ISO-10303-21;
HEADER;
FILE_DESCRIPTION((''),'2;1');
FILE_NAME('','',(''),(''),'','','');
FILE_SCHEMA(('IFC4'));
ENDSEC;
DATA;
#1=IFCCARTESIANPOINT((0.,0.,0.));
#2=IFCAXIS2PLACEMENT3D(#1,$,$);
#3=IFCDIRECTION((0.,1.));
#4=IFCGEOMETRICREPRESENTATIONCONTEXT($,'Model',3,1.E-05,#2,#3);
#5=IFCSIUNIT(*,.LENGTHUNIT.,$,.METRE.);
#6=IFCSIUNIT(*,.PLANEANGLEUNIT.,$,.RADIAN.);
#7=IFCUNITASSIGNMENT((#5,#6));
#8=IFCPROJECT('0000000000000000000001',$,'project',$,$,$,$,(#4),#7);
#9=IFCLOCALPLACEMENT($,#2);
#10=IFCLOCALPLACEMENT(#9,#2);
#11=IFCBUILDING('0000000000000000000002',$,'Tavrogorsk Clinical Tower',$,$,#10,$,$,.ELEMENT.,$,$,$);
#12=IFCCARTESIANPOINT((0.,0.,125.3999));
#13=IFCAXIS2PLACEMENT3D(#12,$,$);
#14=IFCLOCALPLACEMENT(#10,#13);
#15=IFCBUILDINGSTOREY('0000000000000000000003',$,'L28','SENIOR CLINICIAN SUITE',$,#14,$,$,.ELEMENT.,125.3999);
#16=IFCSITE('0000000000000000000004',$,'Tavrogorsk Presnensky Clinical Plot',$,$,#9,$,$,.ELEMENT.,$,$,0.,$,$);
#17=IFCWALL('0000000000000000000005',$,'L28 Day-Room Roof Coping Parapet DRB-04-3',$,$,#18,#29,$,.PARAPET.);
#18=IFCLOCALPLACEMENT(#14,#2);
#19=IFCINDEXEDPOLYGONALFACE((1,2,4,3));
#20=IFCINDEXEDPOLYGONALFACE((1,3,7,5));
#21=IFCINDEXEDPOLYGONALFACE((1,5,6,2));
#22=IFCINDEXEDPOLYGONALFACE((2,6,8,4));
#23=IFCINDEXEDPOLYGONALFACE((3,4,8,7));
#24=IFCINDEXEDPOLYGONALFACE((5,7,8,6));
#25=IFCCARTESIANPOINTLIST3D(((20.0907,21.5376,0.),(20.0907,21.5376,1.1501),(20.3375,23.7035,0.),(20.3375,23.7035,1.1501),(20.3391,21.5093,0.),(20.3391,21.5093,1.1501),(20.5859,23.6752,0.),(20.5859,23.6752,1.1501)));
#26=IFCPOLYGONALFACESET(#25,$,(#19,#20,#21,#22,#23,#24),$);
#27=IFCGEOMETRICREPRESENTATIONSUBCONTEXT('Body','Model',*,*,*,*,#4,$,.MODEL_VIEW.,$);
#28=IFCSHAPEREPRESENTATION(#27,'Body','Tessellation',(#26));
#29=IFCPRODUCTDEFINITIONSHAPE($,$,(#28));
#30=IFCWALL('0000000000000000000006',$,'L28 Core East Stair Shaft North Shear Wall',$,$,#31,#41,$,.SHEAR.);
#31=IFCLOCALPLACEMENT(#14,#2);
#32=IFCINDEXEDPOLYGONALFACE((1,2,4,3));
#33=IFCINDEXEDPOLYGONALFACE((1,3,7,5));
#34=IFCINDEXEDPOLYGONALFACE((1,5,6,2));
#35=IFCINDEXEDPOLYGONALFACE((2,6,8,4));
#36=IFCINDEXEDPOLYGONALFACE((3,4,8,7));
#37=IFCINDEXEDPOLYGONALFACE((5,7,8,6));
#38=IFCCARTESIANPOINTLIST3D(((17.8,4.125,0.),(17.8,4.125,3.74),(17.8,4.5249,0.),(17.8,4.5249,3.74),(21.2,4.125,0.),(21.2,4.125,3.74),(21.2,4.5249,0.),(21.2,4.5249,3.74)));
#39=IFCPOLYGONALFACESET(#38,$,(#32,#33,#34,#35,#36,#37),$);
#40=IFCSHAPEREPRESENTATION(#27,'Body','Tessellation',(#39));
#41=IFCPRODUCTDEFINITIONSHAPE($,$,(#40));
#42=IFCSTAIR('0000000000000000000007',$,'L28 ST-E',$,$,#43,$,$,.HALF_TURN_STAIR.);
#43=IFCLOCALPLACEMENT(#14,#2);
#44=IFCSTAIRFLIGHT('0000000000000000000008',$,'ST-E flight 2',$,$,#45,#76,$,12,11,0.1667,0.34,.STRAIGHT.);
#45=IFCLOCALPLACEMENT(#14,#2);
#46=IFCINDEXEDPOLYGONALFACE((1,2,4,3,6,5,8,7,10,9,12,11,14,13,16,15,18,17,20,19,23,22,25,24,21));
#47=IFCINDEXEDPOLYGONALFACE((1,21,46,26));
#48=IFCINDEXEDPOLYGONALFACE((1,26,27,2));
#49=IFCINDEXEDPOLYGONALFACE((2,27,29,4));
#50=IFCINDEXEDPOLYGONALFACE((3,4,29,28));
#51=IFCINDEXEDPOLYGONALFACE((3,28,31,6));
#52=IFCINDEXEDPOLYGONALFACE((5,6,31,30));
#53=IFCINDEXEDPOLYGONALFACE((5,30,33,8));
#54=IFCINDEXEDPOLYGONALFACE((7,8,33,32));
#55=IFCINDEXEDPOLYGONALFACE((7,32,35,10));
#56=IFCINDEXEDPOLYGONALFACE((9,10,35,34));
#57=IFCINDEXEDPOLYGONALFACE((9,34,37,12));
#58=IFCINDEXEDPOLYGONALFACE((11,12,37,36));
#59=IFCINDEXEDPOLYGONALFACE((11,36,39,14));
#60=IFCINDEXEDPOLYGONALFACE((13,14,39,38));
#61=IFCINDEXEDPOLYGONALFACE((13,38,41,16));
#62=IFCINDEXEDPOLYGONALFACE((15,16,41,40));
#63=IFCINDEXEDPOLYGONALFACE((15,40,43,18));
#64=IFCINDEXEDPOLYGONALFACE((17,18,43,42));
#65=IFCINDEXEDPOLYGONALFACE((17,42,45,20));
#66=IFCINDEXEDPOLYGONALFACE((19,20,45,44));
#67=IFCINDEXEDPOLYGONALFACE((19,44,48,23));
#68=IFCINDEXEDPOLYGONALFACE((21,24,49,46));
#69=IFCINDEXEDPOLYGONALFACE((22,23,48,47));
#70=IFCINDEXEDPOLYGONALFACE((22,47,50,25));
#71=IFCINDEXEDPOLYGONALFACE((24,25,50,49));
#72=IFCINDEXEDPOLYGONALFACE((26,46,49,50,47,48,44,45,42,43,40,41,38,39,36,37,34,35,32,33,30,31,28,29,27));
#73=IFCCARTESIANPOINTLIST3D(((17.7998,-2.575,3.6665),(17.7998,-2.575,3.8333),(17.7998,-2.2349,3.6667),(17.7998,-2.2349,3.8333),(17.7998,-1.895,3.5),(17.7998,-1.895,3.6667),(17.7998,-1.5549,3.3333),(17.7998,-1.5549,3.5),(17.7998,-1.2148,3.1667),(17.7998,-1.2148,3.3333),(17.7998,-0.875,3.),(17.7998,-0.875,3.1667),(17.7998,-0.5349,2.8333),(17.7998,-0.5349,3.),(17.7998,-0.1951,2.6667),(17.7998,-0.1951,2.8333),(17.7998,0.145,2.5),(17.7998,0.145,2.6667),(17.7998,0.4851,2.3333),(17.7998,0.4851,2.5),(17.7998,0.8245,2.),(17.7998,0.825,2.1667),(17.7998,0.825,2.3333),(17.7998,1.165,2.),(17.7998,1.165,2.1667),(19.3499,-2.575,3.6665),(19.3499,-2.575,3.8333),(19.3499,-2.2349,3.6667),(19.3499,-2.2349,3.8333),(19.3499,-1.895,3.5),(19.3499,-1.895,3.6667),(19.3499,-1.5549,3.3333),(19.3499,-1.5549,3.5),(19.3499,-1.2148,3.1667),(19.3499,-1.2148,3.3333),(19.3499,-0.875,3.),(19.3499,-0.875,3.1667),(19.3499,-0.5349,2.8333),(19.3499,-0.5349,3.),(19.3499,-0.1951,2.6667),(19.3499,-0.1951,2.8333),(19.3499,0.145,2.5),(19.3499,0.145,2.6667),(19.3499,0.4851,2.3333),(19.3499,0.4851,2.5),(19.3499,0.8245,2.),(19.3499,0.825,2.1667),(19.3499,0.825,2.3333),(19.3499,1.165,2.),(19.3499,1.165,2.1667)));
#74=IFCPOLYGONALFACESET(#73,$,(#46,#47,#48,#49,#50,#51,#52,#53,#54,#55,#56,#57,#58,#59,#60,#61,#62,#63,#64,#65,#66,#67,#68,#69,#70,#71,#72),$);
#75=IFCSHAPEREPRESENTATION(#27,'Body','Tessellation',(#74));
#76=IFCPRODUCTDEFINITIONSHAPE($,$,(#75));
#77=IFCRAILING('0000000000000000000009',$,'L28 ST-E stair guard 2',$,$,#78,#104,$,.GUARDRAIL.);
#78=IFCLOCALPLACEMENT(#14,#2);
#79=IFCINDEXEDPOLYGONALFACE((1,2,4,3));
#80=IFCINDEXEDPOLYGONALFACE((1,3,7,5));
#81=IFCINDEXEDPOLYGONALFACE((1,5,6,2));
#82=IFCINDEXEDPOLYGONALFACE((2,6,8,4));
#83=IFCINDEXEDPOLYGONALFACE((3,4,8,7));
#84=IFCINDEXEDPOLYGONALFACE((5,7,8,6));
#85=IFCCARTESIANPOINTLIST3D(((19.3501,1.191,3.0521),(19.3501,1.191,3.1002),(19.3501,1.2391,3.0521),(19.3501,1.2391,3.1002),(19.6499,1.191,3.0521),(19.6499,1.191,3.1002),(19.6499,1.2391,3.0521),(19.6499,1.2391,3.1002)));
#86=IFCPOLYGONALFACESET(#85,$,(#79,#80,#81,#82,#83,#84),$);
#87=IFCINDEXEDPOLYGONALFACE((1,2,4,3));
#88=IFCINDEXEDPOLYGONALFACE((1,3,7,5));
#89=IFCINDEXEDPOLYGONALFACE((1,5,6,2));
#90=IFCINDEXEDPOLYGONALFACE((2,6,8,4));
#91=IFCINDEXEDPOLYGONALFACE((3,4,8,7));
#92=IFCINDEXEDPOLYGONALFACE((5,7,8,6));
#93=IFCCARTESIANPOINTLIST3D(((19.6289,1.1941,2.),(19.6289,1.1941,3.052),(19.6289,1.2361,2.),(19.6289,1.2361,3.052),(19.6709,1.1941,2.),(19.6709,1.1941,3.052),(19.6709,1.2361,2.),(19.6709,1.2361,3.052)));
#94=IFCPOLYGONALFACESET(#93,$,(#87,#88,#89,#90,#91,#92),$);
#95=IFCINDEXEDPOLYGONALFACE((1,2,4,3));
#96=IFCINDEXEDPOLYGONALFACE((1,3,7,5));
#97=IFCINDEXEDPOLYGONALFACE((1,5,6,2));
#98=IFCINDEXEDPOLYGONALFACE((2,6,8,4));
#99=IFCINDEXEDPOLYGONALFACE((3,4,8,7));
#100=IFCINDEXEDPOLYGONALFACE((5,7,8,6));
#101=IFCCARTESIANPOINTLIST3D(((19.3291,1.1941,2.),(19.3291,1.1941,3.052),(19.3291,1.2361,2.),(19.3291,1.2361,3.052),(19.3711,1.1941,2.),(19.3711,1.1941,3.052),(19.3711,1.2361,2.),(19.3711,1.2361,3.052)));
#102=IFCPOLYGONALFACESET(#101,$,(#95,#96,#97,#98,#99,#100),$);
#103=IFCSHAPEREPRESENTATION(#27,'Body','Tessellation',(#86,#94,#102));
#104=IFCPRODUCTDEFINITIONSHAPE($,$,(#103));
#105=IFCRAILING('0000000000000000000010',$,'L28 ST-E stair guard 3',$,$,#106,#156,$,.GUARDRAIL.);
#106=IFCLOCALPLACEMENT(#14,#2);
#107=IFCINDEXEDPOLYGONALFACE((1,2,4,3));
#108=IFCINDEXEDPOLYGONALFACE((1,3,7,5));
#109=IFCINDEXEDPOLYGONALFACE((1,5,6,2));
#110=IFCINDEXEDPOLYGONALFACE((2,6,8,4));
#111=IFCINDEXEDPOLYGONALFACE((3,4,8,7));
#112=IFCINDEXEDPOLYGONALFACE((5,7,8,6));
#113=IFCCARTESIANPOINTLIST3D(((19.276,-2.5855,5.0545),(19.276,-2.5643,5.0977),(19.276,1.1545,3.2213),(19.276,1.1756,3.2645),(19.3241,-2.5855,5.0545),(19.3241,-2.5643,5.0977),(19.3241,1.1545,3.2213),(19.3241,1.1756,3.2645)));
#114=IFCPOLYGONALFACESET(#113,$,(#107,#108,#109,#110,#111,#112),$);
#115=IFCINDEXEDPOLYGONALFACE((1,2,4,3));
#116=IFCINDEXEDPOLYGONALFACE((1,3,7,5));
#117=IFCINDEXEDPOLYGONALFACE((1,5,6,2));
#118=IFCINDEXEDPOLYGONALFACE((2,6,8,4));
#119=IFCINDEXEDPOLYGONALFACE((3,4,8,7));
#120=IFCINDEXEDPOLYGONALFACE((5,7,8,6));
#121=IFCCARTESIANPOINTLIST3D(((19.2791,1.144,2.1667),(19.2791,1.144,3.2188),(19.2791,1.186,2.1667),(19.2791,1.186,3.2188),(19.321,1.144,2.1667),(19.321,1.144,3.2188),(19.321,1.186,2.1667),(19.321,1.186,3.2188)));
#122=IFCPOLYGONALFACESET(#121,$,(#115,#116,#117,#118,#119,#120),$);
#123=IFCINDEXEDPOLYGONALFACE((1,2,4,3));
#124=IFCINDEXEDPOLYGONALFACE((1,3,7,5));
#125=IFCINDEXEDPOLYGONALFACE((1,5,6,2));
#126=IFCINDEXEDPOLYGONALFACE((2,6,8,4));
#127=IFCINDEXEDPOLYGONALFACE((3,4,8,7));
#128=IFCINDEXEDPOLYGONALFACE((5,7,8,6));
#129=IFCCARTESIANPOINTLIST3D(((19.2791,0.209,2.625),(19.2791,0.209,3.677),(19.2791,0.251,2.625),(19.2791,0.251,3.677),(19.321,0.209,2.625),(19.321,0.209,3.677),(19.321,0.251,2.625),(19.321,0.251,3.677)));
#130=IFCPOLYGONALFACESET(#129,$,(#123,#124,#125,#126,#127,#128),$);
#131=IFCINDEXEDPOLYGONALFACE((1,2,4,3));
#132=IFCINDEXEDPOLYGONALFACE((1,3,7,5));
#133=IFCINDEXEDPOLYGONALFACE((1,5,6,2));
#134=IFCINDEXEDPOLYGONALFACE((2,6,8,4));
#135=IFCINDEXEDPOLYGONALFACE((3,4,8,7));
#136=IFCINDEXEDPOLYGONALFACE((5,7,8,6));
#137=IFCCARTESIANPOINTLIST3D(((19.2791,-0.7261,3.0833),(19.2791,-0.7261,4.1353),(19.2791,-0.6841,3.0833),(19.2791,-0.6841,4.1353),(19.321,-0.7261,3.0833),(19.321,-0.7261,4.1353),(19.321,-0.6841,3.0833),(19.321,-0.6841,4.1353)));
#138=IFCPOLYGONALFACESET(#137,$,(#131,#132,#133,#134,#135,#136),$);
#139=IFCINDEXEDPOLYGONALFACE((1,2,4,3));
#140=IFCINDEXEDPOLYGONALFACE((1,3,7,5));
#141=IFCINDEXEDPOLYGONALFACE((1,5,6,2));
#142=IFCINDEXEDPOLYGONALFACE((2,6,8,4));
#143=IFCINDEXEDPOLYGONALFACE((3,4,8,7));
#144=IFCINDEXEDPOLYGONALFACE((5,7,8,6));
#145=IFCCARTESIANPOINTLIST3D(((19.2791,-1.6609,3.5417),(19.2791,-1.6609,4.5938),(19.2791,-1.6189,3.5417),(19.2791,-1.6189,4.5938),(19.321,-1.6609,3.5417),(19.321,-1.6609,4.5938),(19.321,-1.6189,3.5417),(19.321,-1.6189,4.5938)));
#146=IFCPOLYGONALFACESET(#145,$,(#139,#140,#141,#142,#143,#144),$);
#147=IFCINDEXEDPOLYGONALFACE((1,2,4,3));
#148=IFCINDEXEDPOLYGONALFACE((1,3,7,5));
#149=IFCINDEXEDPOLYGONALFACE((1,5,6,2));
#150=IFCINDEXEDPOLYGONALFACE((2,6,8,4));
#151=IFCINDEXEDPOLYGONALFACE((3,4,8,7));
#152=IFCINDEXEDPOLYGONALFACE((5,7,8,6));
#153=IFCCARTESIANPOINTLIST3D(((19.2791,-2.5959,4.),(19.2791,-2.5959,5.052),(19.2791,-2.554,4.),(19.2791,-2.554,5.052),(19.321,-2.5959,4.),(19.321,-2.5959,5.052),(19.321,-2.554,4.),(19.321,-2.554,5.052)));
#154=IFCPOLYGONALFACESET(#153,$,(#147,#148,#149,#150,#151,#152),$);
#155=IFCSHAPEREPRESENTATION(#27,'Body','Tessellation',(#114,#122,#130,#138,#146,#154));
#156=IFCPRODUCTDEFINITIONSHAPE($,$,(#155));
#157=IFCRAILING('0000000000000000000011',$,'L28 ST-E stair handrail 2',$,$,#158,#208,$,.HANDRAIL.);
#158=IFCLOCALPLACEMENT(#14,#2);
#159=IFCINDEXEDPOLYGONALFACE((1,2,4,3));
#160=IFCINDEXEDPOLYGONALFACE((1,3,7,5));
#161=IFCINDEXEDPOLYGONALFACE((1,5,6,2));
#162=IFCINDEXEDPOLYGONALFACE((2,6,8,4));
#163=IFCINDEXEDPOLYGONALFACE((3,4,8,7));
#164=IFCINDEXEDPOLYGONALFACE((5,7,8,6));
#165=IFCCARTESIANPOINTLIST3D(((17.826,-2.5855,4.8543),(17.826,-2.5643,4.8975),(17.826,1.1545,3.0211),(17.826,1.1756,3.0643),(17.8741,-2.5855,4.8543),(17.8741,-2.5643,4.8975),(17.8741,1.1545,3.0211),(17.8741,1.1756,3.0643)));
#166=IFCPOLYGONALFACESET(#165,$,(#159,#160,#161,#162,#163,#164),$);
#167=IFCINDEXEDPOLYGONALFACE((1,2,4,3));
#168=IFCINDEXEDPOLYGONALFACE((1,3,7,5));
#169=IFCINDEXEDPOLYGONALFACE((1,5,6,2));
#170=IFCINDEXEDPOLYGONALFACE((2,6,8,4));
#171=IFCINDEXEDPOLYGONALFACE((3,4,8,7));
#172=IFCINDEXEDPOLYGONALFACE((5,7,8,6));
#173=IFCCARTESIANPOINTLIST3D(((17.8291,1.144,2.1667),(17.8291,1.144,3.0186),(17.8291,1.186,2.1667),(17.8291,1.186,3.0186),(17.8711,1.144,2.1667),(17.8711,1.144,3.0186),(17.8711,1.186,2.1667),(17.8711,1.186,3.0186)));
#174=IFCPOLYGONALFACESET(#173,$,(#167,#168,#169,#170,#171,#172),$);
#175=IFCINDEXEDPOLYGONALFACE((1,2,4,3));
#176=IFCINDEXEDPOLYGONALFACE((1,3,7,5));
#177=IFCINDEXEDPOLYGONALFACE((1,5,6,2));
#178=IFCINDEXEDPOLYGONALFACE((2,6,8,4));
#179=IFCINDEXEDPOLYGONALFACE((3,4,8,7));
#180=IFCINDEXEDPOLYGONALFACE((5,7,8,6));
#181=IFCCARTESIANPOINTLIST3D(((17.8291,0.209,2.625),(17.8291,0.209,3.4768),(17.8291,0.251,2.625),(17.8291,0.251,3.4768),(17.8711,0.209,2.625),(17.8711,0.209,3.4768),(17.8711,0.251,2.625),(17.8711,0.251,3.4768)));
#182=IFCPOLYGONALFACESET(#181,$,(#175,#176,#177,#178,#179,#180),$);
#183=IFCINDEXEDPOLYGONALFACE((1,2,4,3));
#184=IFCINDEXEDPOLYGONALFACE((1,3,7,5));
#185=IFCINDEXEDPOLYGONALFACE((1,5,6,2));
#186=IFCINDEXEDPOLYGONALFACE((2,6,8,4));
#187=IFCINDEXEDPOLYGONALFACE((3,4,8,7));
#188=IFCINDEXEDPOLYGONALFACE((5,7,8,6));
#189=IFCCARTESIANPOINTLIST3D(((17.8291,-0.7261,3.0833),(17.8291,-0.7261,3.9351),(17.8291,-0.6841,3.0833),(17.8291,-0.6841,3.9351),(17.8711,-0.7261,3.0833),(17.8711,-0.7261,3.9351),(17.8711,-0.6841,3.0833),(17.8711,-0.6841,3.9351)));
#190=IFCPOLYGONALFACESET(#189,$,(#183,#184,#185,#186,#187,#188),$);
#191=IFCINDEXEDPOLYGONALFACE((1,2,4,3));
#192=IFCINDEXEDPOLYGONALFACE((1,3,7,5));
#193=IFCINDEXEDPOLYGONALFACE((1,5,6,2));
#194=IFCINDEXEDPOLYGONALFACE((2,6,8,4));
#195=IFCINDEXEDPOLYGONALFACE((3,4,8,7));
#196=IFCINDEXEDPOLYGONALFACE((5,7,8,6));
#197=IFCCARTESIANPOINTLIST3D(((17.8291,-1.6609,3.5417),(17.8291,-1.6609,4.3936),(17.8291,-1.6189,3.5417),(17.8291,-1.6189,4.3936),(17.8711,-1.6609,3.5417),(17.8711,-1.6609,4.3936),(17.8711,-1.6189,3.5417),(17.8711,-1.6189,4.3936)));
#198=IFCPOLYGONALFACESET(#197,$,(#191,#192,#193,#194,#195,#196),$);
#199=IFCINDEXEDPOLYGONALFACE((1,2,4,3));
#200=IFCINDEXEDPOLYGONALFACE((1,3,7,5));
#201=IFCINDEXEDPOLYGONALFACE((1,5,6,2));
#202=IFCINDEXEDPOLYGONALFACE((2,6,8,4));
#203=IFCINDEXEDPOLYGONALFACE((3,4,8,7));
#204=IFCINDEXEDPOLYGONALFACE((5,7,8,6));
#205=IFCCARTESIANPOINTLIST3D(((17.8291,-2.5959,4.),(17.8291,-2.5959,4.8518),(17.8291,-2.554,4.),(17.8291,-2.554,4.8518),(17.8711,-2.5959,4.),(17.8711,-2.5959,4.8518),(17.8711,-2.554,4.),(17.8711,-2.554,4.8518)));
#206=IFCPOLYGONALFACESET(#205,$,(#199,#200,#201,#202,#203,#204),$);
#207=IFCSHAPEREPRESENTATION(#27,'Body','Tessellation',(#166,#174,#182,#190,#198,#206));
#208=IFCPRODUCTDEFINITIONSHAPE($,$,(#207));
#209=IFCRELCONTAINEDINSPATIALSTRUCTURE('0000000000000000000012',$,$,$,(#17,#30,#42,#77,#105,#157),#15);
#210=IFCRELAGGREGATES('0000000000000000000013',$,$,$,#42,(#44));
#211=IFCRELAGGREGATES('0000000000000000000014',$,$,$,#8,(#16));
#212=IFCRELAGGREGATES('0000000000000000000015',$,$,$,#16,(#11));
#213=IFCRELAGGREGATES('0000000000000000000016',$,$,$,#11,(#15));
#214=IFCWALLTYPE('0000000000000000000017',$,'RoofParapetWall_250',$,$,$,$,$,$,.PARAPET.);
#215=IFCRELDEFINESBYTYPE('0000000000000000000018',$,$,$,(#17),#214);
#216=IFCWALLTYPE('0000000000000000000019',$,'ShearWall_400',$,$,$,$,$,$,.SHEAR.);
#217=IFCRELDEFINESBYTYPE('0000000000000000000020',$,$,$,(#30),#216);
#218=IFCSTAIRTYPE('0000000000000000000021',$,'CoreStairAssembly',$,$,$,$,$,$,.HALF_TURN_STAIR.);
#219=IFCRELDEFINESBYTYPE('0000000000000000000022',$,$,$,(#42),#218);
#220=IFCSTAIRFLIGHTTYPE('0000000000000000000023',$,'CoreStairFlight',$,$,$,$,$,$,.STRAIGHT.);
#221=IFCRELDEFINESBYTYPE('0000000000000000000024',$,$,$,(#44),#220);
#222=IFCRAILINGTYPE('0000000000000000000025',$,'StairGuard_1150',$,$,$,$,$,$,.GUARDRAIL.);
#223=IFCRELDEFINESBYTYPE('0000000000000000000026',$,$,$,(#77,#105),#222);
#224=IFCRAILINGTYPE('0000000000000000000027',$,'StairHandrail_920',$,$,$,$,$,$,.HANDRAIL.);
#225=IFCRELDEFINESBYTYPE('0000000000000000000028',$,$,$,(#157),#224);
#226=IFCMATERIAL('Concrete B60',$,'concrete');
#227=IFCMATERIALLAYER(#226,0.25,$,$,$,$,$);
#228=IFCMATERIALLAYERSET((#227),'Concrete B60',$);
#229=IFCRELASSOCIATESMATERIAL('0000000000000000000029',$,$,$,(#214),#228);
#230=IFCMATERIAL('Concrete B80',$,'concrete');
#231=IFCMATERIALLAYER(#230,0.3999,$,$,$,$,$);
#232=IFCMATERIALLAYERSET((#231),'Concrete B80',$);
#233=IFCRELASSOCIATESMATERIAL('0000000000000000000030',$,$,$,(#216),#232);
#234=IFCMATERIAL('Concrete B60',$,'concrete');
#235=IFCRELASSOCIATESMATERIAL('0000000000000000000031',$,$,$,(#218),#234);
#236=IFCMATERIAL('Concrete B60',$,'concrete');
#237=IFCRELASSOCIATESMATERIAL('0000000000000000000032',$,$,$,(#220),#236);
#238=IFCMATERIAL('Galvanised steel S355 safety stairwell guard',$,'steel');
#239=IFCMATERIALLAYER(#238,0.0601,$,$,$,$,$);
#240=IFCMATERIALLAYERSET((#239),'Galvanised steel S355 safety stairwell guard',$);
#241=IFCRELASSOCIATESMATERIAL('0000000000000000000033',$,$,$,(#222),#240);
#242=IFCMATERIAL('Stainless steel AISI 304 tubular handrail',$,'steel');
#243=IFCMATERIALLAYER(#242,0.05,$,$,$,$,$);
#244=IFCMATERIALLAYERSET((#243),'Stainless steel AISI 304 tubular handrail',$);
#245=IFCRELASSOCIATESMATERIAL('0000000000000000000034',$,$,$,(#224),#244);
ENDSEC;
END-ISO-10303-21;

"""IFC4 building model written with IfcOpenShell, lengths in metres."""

from ifc_helpers import new_model, si_unit, direction, frame, frame_2d, origin, origin_2d, place, context, subcontext, project, spatial, polyline, rectangle, outline, extrude, material, layer, layer_set, type_object, element, aggregate, save


model = new_model("IFC4")

# Units and contexts
model_context = context("Model", 3, precision=1e-05, world=origin(), true_north=direction((0.0, 1.0)))
body_context = subcontext(model_context, "Body", "Model", "MODEL_VIEW")
ifc_project = project(units=[si_unit("LENGTHUNIT", "METRE"), si_unit("PLANEANGLEUNIT", "RADIAN")], contexts=[model_context])

# Site, building, storey
site_placement = place(None, origin())
site = spatial("IfcSite", under=ifc_project, at=site_placement, Name="Tavrogorsk Presnensky Clinical Plot", CompositionType="ELEMENT", RefElevation=0.0)
building_placement = place(site_placement, origin())
building = spatial("IfcBuilding", under=site, at=building_placement, Name="Tavrogorsk Clinical Tower", CompositionType="ELEMENT")
storey_placement = place(building_placement, frame((0.0, 0.0, 125.3999)))
storey = spatial("IfcBuildingStorey", under=building, at=storey_placement, Name="L28", Description="SENIOR CLINICIAN SUITE", CompositionType="ELEMENT", Elevation=125.3999)

# Walls
ifc_material_1 = material(Name="Concrete B60", Category="concrete")
ifc_layer_1 = layer(ifc_material_1, 0.25)
ifc_layer_set_1 = layer_set([ifc_layer_1], Name="Concrete B60")
wall_type_1 = type_object("IfcWallType", Name="RoofParapetWall_250", PredefinedType="PARAPET", material=ifc_layer_set_1)
wall_1_placement = place(storey_placement, frame((20.4617, 23.6892, 0.0), z_axis=(0.0, 0.0, 1.0), x_axis=(-0.113221, -0.99357, 0.0)))
element("IfcWall", 1, at=wall_1_placement, inside=storey, type_object=wall_type_1, Name="L28 Day-Room Roof Coping Parapet DRB-04-3", PredefinedType="PARAPET", context=body_context, shape_type="SweptSolid", body=[
    extrude(rectangle(XDim=2.1799, YDim=0.25, at=frame_2d((1.0898, 0.0))), origin(), (0.0, 0.0, 1.0), 1.1501),
])
ifc_material_2 = material(Name="Concrete B80", Category="concrete")
ifc_layer_2 = layer(ifc_material_2, 0.3999)
ifc_layer_set_2 = layer_set([ifc_layer_2], Name="Concrete B80")
wall_type_2 = type_object("IfcWallType", Name="ShearWall_400", PredefinedType="SHEAR", material=ifc_layer_set_2)
wall_2_placement = place(storey_placement, frame((17.8, 4.325, 0.0), z_axis=(0.0, 0.0, 1.0), x_axis=(1.0, 0.0, 0.0)))
element("IfcWall", 2, at=wall_2_placement, inside=storey, type_object=wall_type_2, Name="L28 Core East Stair Shaft North Shear Wall", PredefinedType="SHEAR", context=body_context, shape_type="SweptSolid", body=[
    extrude(rectangle(XDim=3.3999, YDim=0.3999, at=frame_2d((1.7, 0.0))), origin(), (0.0, 0.0, 1.0), 3.74),
])

# Stair, stair flight
ifc_material_3 = material(Name="Concrete B60", Category="concrete")
stair_type = type_object("IfcStairType", Name="CoreStairAssembly", PredefinedType="HALF_TURN_STAIR", material=ifc_material_3)
stair_placement = place(storey_placement, origin())
stair = element("IfcStair", 3, at=stair_placement, inside=storey, type_object=stair_type, Name="L28 ST-E", PredefinedType="HALF_TURN_STAIR")
ifc_material_4 = material(Name="Concrete B60", Category="concrete")
stair_flight_type = type_object("IfcStairFlightType", Name="CoreStairFlight", PredefinedType="STRAIGHT", material=ifc_material_4)
stair_flight_placement = place(storey_placement, frame((18.575, 1.165, 2.0), z_axis=(0.0, 0.0, 1.0), x_axis=(0.0, -1.0, 0.0)))
stair_flight = element("IfcStairFlight", 4, at=stair_flight_placement, type_object=stair_flight_type, Name="ST-E flight 2", NumberOfRisers=12, NumberOfTreads=11, PredefinedType="STRAIGHT", RiserHeight=0.1667, TreadLength=0.34, context=body_context, shape_type="SweptSolid", body=[
    extrude(outline(polyline([(0.0, 0.0), (0.0, 0.1667), (0.3401, 0.1667), (0.3401, 0.3333), (0.6799, 0.3333), (0.6799, 0.5), (1.02, 0.5), (1.02, 0.6667), (1.3601, 0.6667), (1.3601, 0.8333), (1.7, 0.8333), (1.7, 1.0), (2.04, 1.0), (2.04, 1.1667), (2.3799, 1.1667), (2.3799, 1.3333), (2.72, 1.3333), (2.72, 1.5), (3.0601, 1.5), (3.0601, 1.6667), (3.3999, 1.6667), (3.3999, 1.8333), (3.74, 1.8333), (3.74, 2.0), (3.74, 1.6665), (0.3406, 0.0), (0.0, 0.0)])), frame((0.0, 0.7749, 0.0), z_axis=(0.0, -1.0, 0.0), x_axis=(1.0, 0.0, 0.0)), (0.0, 0.0, 1.0), 1.55),
])
aggregate(stair, [stair_flight])

# Railings
ifc_material_5 = material(Name="Galvanised steel S355 safety stairwell guard", Category="steel")
ifc_layer_3 = layer(ifc_material_5, 0.0601)
ifc_layer_set_3 = layer_set([ifc_layer_3], Name="Galvanised steel S355 safety stairwell guard")
railing_type_1 = type_object("IfcRailingType", Name="StairGuard_1150", PredefinedType="GUARDRAIL", material=ifc_layer_set_3)
railing_1_placement = place(storey_placement, frame((19.6499, 1.2151, 2.0)))
element("IfcRailing", 5, at=railing_1_placement, inside=storey, type_object=railing_type_1, Name="L28 ST-E stair guard 2", PredefinedType="GUARDRAIL", context=body_context, shape_type="SweptSolid", body=[
    extrude(rectangle(XDim=0.0481, YDim=0.0481, at=origin_2d()), frame((0.0, 0.0, 1.0762), z_axis=(-1.0, 0.0, 0.0), x_axis=(0.0, -1.0, 0.0)), (0.0, 0.0, 1.0), 0.2998),
    extrude(rectangle(XDim=0.042, YDim=0.042, at=origin_2d()), origin(), (0.0, 0.0, 1.0), 1.052),
    extrude(rectangle(XDim=0.042, YDim=0.042, at=origin_2d()), frame((-0.2998, 0.0, 0.0)), (0.0, 0.0, 1.0), 1.052),
])
railing_2_placement = place(storey_placement, frame((19.3, 1.165, 2.1667)))
element("IfcRailing", 6, at=railing_2_placement, inside=storey, type_object=railing_type_1, Name="L28 ST-E stair guard 3", PredefinedType="GUARDRAIL", context=body_context, shape_type="SweptSolid", body=[
    extrude(rectangle(XDim=0.0481, YDim=0.0481, at=origin_2d()), frame((0.0, 0.0, 1.0762), z_axis=(0.0, -0.897928, 0.440142), x_axis=(1.0, 0.0, 0.0)), (0.0, 0.0, 1.0), 4.165),
    extrude(rectangle(XDim=0.042, YDim=0.042, at=origin_2d()), origin(), (0.0, 0.0, 1.0), 1.052),
    extrude(rectangle(XDim=0.042, YDim=0.042, at=origin_2d()), frame((0.0, -0.9351, 0.4583)), (0.0, 0.0, 1.0), 1.052),
    extrude(rectangle(XDim=0.042, YDim=0.042, at=origin_2d()), frame((0.0, -1.8701, 0.9165)), (0.0, 0.0, 1.0), 1.052),
    extrude(rectangle(XDim=0.042, YDim=0.042, at=origin_2d()), frame((0.0, -2.8049, 1.375)), (0.0, 0.0, 1.0), 1.052),
    extrude(rectangle(XDim=0.042, YDim=0.042, at=origin_2d()), frame((0.0, -3.74, 1.8333)), (0.0, 0.0, 1.0), 1.052),
])
ifc_material_6 = material(Name="Stainless steel AISI 304 tubular handrail", Category="steel")
ifc_layer_4 = layer(ifc_material_6, 0.05)
ifc_layer_set_4 = layer_set([ifc_layer_4], Name="Stainless steel AISI 304 tubular handrail")
railing_type_2 = type_object("IfcRailingType", Name="StairHandrail_920", PredefinedType="HANDRAIL", material=ifc_layer_set_4)
railing_3_placement = place(storey_placement, frame((17.8501, 1.165, 2.1667)))
element("IfcRailing", 7, at=railing_3_placement, inside=storey, type_object=railing_type_2, Name="L28 ST-E stair handrail 2", PredefinedType="HANDRAIL", context=body_context, shape_type="SweptSolid", body=[
    extrude(rectangle(XDim=0.0481, YDim=0.0481, at=origin_2d()), frame((0.0, 0.0, 0.876), z_axis=(0.0, -0.897928, 0.440142), x_axis=(1.0, 0.0, 0.0)), (0.0, 0.0, 1.0), 4.165),
    extrude(rectangle(XDim=0.042, YDim=0.042, at=origin_2d()), origin(), (0.0, 0.0, 1.0), 0.8518),
    extrude(rectangle(XDim=0.042, YDim=0.042, at=origin_2d()), frame((0.0, -0.9351, 0.4583)), (0.0, 0.0, 1.0), 0.8518),
    extrude(rectangle(XDim=0.042, YDim=0.042, at=origin_2d()), frame((0.0, -1.8701, 0.9165)), (0.0, 0.0, 1.0), 0.8518),
    extrude(rectangle(XDim=0.042, YDim=0.042, at=origin_2d()), frame((0.0, -2.8049, 1.375)), (0.0, 0.0, 1.0), 0.8518),
    extrude(rectangle(XDim=0.042, YDim=0.042, at=origin_2d()), frame((0.0, -3.74, 1.8333)), (0.0, 0.0, 1.0), 0.8518),
])

save(model, "model.ifc")
